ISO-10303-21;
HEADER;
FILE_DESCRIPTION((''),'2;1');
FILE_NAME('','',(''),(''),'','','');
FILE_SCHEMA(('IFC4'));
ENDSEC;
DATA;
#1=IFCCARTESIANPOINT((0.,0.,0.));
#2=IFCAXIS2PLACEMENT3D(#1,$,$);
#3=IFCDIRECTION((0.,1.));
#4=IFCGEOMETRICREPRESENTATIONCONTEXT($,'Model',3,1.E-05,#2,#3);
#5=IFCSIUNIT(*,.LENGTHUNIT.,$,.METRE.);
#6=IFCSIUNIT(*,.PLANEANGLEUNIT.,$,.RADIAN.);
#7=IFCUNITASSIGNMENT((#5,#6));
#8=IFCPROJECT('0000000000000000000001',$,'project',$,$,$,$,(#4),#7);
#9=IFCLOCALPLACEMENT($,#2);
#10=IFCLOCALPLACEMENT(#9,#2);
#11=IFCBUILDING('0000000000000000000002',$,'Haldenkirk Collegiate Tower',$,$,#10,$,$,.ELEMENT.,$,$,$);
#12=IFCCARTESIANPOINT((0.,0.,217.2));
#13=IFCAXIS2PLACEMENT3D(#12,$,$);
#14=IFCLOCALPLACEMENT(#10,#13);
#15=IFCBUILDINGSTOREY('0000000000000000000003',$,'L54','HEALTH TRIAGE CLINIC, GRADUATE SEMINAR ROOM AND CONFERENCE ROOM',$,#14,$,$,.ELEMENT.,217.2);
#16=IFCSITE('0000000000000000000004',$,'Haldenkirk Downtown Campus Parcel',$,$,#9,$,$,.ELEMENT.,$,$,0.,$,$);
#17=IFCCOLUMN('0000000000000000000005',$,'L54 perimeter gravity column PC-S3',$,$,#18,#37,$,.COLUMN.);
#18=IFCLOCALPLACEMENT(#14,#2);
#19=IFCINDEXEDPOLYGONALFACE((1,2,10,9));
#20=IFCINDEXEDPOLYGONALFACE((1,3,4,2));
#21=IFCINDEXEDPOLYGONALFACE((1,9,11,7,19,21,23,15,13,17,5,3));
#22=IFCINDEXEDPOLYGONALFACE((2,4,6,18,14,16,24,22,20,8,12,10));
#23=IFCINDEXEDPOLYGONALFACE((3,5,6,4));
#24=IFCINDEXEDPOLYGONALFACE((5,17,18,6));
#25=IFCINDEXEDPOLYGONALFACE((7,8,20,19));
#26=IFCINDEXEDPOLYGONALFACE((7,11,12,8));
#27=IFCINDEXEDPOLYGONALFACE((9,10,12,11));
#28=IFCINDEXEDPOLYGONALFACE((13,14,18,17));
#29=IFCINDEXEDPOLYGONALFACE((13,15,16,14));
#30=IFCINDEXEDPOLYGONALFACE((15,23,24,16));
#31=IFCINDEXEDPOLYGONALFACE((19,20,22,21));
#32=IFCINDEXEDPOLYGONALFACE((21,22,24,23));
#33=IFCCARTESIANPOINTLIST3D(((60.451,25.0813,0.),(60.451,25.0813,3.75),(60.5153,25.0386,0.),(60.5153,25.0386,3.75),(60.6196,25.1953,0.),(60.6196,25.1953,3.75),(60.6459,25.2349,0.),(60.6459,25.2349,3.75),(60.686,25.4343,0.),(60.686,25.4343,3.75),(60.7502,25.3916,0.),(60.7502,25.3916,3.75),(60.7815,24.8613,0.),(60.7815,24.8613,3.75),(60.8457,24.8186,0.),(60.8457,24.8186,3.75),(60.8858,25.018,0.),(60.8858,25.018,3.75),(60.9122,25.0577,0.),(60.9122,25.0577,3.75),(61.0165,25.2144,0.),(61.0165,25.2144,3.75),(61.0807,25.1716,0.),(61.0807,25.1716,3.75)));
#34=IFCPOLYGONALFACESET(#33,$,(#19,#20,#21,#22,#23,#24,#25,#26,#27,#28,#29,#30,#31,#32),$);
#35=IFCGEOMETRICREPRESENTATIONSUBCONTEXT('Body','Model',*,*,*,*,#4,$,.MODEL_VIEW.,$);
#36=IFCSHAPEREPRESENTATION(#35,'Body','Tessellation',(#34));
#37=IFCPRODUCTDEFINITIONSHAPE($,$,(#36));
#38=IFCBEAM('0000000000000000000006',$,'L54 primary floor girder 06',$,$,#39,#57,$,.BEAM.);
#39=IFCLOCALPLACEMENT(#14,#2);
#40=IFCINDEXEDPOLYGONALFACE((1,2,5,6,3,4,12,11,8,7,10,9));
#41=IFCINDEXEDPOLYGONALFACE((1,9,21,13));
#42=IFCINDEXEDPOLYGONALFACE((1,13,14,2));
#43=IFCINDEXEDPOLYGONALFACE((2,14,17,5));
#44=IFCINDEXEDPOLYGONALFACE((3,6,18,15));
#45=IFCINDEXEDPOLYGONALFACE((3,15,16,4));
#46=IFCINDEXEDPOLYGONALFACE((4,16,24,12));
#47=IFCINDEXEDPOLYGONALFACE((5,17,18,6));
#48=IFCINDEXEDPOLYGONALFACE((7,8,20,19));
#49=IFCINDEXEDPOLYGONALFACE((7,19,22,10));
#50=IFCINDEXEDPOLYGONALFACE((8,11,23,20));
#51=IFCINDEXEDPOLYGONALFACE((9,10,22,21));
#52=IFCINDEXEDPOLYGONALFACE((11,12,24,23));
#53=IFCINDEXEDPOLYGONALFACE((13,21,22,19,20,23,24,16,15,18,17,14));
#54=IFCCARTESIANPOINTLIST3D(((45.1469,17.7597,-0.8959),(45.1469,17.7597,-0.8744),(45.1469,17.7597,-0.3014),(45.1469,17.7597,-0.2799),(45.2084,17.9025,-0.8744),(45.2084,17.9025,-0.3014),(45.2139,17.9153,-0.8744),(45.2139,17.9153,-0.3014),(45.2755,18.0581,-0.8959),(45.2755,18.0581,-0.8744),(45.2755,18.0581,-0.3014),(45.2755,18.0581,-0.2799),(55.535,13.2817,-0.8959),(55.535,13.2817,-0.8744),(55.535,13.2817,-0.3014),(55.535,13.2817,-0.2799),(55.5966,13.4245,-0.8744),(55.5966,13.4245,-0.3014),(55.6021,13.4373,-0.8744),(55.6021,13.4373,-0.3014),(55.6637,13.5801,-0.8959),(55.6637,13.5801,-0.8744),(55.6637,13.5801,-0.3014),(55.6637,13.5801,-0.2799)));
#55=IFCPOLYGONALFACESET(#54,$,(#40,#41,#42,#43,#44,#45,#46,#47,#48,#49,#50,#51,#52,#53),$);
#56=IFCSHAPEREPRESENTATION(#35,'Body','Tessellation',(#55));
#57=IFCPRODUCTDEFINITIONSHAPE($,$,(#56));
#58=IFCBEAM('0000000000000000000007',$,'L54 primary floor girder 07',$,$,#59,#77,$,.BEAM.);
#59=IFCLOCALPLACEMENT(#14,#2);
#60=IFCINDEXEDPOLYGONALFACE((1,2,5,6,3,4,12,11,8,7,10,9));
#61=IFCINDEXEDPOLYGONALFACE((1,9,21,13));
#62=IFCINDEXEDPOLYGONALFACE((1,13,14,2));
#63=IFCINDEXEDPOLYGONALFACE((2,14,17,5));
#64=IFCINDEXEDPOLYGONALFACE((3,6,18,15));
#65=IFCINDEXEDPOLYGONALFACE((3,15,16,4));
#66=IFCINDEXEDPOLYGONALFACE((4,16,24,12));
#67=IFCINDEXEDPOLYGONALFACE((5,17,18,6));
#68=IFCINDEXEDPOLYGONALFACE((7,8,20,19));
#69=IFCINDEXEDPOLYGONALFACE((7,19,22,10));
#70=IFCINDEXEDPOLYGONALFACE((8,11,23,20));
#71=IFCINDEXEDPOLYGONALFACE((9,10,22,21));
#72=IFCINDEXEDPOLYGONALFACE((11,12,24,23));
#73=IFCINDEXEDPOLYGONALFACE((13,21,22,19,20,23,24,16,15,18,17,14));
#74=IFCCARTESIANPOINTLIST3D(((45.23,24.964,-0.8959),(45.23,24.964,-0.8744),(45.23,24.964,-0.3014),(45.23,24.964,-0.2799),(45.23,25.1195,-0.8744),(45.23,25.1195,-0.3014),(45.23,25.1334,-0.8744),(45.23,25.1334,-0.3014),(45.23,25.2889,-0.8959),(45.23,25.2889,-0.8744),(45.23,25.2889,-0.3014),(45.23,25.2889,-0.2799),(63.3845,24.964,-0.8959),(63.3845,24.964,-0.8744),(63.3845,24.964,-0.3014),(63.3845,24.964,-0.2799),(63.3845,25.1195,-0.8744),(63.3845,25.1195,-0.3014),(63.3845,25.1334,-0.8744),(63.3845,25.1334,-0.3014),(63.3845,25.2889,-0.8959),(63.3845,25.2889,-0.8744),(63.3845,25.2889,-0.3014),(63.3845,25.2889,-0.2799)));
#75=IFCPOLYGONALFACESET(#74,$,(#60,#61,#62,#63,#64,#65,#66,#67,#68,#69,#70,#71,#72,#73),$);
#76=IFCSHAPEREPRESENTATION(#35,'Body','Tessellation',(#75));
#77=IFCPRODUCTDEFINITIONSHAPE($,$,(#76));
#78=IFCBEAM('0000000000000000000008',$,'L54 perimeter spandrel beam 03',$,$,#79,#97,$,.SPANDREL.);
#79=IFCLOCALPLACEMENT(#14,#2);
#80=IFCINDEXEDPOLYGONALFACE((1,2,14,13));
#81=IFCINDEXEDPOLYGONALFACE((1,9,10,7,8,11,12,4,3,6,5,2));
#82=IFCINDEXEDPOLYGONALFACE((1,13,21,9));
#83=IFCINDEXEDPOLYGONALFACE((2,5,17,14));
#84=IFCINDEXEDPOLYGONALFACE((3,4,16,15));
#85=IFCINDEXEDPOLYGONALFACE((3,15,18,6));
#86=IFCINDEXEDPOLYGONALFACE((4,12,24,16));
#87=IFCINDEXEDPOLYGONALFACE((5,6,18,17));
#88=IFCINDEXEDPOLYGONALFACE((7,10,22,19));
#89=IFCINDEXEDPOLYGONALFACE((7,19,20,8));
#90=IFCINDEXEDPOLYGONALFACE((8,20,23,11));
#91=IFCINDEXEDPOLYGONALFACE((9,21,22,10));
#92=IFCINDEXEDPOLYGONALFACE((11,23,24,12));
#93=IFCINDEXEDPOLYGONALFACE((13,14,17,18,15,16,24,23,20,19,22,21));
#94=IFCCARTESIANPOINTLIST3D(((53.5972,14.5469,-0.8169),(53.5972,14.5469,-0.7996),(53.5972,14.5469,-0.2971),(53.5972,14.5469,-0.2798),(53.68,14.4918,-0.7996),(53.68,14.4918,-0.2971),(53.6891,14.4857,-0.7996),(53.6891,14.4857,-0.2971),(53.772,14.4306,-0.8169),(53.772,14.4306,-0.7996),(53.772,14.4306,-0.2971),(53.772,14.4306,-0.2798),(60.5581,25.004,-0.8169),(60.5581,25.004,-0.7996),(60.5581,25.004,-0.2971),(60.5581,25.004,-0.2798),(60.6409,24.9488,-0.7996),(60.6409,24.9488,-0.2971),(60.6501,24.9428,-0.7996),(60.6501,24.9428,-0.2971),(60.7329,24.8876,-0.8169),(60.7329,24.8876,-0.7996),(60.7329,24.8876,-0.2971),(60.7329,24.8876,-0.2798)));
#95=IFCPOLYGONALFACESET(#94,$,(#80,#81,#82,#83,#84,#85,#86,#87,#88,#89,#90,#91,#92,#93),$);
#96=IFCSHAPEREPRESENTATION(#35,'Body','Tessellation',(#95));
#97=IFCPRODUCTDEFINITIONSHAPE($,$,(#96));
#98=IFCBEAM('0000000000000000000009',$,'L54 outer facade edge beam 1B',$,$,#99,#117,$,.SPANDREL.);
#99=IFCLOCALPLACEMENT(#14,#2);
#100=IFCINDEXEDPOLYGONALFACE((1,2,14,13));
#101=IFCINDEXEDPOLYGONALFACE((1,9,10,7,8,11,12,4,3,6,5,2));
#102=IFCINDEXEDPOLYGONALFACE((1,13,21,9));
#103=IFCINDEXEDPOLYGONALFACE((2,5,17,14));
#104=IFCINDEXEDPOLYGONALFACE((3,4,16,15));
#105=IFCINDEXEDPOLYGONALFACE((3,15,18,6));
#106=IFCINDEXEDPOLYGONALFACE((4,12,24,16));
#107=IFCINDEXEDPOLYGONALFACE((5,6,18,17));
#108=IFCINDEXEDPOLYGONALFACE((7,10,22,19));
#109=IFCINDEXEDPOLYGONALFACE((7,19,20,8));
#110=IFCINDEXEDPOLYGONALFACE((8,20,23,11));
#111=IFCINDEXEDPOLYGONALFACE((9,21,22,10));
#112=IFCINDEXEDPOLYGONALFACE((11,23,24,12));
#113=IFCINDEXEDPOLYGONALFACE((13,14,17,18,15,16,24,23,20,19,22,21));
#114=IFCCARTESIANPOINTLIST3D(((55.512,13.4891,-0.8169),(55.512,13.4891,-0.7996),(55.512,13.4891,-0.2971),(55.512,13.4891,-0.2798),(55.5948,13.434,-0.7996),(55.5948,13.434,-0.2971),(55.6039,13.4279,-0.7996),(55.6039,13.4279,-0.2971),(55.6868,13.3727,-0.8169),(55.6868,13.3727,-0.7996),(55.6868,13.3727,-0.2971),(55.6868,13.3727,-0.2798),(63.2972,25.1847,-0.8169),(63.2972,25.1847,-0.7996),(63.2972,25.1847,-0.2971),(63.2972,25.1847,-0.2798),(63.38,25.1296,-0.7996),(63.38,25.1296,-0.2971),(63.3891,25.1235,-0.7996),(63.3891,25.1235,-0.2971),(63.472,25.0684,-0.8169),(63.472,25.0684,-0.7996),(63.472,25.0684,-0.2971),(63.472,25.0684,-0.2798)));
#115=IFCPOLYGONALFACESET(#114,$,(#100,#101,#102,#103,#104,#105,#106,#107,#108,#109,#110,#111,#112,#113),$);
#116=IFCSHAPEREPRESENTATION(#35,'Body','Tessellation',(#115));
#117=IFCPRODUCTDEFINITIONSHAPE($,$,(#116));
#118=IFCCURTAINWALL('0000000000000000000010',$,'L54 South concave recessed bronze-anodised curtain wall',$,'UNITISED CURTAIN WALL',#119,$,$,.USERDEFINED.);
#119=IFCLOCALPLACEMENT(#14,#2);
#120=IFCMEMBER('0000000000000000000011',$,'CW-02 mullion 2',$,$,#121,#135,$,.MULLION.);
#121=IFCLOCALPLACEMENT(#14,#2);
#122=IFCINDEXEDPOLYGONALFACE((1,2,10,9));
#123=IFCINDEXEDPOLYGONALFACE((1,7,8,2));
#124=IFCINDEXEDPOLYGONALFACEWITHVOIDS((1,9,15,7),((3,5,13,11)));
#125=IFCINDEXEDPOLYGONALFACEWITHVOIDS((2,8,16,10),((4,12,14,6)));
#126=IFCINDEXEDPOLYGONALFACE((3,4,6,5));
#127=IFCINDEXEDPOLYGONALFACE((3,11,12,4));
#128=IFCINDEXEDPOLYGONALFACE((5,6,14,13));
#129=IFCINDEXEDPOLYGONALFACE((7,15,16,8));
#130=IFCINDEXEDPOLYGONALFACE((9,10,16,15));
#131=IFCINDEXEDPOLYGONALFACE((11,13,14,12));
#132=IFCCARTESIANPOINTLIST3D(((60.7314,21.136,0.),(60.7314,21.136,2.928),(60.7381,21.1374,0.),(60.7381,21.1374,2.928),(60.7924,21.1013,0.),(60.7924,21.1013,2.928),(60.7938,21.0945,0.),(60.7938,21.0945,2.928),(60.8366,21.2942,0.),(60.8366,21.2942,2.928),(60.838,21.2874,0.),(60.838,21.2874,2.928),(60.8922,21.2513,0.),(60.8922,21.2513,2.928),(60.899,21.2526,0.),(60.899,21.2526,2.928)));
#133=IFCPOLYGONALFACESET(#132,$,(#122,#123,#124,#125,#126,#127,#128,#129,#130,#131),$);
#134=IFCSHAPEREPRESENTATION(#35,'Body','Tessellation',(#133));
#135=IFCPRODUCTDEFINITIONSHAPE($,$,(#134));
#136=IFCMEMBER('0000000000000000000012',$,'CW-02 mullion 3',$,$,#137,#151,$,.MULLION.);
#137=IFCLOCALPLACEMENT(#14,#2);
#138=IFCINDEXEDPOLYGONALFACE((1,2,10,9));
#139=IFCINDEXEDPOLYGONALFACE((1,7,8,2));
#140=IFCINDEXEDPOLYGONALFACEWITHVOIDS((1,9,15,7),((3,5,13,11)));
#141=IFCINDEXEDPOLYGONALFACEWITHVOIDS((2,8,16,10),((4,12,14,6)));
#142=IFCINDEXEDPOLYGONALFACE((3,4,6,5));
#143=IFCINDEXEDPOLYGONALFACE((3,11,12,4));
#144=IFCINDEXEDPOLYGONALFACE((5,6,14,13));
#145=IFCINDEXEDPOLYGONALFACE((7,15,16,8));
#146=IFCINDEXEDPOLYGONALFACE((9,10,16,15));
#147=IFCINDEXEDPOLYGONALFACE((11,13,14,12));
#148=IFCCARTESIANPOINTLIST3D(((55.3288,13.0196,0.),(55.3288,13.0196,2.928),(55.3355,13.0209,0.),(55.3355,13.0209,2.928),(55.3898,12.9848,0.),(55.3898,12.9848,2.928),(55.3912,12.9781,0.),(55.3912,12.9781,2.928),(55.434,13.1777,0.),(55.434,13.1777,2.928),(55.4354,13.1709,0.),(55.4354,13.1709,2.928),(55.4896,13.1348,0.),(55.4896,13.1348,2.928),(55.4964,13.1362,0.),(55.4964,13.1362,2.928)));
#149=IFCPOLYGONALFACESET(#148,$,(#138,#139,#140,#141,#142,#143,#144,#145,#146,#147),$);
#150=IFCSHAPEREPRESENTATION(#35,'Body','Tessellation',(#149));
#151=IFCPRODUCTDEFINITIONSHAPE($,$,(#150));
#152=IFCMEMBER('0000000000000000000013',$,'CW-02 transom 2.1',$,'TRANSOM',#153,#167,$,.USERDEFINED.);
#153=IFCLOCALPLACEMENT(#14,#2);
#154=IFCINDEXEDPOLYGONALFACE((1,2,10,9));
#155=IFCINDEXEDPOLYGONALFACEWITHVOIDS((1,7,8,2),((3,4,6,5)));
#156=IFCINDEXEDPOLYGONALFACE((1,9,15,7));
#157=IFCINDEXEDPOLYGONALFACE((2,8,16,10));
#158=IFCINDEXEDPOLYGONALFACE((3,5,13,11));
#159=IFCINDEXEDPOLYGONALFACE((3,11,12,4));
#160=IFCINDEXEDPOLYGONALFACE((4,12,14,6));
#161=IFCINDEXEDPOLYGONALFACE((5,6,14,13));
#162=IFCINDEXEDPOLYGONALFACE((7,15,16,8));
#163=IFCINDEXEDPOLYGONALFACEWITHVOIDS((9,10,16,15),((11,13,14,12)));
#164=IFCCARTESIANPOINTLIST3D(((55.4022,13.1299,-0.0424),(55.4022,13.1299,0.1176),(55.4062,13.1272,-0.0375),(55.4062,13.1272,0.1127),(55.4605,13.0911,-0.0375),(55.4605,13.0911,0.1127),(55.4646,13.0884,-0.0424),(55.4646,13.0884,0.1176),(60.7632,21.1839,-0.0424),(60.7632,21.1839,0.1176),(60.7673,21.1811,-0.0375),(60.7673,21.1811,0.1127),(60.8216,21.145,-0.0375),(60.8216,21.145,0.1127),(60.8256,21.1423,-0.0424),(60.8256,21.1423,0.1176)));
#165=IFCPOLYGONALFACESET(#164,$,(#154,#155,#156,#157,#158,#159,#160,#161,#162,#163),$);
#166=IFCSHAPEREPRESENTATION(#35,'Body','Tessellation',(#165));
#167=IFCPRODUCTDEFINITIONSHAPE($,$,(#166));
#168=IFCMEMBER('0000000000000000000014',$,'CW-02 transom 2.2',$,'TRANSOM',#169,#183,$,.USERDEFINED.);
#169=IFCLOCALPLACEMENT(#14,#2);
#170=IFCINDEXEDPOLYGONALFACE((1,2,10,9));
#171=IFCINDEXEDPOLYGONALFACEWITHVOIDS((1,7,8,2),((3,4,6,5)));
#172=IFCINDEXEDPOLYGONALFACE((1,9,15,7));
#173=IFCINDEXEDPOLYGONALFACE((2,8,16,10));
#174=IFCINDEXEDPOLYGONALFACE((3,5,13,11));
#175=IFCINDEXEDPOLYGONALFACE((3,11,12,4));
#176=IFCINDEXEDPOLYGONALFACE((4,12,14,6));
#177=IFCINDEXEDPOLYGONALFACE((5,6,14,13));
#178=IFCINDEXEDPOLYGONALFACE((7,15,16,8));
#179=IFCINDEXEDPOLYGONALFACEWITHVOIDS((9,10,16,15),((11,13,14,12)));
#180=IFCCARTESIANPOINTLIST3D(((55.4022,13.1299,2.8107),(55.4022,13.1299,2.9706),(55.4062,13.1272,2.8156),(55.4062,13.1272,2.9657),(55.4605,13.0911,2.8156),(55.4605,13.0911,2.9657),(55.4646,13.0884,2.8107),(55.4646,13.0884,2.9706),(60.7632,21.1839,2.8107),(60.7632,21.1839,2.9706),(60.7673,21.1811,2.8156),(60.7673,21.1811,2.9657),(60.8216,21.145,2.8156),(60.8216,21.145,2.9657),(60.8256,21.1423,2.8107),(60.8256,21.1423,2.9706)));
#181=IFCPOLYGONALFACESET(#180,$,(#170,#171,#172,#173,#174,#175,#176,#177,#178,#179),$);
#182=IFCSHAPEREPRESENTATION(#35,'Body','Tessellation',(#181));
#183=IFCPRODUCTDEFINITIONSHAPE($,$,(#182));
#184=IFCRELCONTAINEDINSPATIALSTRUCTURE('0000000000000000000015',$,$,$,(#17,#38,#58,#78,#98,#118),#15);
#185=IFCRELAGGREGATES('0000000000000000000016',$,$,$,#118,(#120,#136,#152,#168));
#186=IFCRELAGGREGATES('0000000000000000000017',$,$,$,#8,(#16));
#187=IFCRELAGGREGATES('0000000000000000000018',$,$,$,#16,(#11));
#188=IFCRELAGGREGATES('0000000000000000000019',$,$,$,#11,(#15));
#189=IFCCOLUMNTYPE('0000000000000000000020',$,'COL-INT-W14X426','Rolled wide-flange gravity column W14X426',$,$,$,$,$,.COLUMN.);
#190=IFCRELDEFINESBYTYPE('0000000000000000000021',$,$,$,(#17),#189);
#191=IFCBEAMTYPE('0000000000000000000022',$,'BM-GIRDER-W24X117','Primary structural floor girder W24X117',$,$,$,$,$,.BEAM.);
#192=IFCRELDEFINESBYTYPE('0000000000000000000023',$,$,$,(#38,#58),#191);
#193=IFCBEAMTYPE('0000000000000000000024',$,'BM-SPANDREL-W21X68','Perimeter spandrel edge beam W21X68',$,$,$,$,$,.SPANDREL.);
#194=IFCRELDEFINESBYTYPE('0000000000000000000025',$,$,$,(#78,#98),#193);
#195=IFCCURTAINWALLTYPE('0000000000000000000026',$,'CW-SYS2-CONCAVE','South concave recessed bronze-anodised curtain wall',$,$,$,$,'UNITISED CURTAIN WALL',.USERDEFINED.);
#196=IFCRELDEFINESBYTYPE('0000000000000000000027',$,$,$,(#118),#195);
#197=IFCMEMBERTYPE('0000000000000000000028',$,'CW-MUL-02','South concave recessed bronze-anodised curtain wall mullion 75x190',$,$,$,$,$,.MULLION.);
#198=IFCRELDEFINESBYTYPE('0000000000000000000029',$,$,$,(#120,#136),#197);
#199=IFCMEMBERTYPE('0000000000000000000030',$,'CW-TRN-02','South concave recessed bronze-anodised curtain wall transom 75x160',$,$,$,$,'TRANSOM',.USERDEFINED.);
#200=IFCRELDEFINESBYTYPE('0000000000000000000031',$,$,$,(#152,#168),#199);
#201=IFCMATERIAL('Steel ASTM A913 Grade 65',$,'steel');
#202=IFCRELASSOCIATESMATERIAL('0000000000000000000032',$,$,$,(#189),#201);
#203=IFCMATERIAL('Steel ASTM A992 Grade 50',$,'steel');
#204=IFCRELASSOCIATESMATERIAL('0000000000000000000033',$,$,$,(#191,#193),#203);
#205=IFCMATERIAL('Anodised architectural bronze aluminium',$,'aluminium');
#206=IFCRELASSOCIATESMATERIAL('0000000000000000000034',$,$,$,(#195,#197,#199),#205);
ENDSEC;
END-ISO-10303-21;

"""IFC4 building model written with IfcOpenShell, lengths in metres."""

from ifc_helpers import new_model, si_unit, direction, frame, origin, origin_2d, place, context, subcontext, project, spatial, hollow_rectangle, i_section, extrude, material, material_profile, profile_set, type_object, element, aggregate, save


model = new_model("IFC4")

# Units and contexts
model_context = context("Model", 3, precision=1e-05, world=origin(), true_north=direction((0.0, 1.0)))
body_context = subcontext(model_context, "Body", "Model", "MODEL_VIEW")
ifc_project = project(units=[si_unit("LENGTHUNIT", "METRE"), si_unit("PLANEANGLEUNIT", "RADIAN")], contexts=[model_context])

# Site, building, storey
site_placement = place(None, origin())
site = spatial("IfcSite", under=ifc_project, at=site_placement, Name="Haldenkirk Downtown Campus Parcel", CompositionType="ELEMENT", RefElevation=0.0)
building_placement = place(site_placement, origin())
building = spatial("IfcBuilding", under=site, at=building_placement, Name="Haldenkirk Collegiate Tower", CompositionType="ELEMENT")
storey_placement = place(building_placement, frame((0.0, 0.0, 217.2)))
storey = spatial("IfcBuildingStorey", under=building, at=storey_placement, Name="L54", Description="HEALTH TRIAGE CLINIC, GRADUATE SEMINAR ROOM AND CONFERENCE ROOM", CompositionType="ELEMENT", Elevation=217.2)

# Column
ifc_material_1 = material(Name="Steel ASTM A913 Grade 65", Category="steel")
ifc_material_profile_1 = material_profile(ifc_material_1, i_section(OverallWidth=0.4241, OverallDepth=0.4741, WebThickness=0.0476, FlangeThickness=0.0771, at=origin_2d()), Name="W14X426")
ifc_profile_set_1 = profile_set([ifc_material_profile_1], Name="Steel ASTM A913 Grade 65")
column_type = type_object("IfcColumnType", Name="COL-INT-W14X426", Description="Rolled wide-flange gravity column W14X426", PredefinedType="COLUMN", material=ifc_profile_set_1)
column_placement = place(storey_placement, frame((60.7659, 25.1265, 0.0), z_axis=(0.0, 0.0, 1.0), x_axis=(0.554118, 0.832438, 0.0)))
element("IfcColumn", 1, at=column_placement, inside=storey, type_object=column_type, Name="L54 perimeter gravity column PC-S3", PredefinedType="COLUMN", context=body_context, shape_type="SweptSolid", body=[
    extrude(i_section(OverallWidth=0.4241, OverallDepth=0.4741, WebThickness=0.0476, FlangeThickness=0.0771, at=origin_2d()), origin(), (0.0, 0.0, 1.0), 3.75),
])

# Beams
ifc_material_2 = material(Name="Steel ASTM A992 Grade 50", Category="steel")
ifc_material_profile_2 = material_profile(ifc_material_2, i_section(OverallWidth=0.325, OverallDepth=0.616, WebThickness=0.0139, FlangeThickness=0.0215, at=origin_2d()), Name="W24X117")
ifc_profile_set_2 = profile_set([ifc_material_profile_2], Name="Steel ASTM A992 Grade 50")
beam_type_1 = type_object("IfcBeamType", Name="BM-GIRDER-W24X117", Description="Primary structural floor girder W24X117", PredefinedType="BEAM", material=ifc_profile_set_2)
beam_1_placement = place(storey_placement, frame((55.5994, 13.4309, -0.5879), z_axis=(-0.918312, 0.395856, 0.0), x_axis=(-0.395856, -0.918312, 0.0)))
element("IfcBeam", 2, at=beam_1_placement, inside=storey, type_object=beam_type_1, Name="L54 primary floor girder 06", PredefinedType="BEAM", context=body_context, shape_type="SweptSolid", body=[
    extrude(i_section(OverallWidth=0.325, OverallDepth=0.616, WebThickness=0.0139, FlangeThickness=0.0215, at=origin_2d()), origin(), (0.0, 0.0, 1.0), 11.3123),
])
beam_2_placement = place(storey_placement, frame((63.3845, 25.1265, -0.5879), z_axis=(-1.0, 0.0, 0.0), x_axis=(0.0, -1.0, 0.0)))
element("IfcBeam", 3, at=beam_2_placement, inside=storey, type_object=beam_type_1, Name="L54 primary floor girder 07", PredefinedType="BEAM", context=body_context, shape_type="SweptSolid", body=[
    extrude(i_section(OverallWidth=0.325, OverallDepth=0.616, WebThickness=0.0139, FlangeThickness=0.0215, at=origin_2d()), origin(), (0.0, 0.0, 1.0), 18.1545),
])
ifc_material_profile_3 = material_profile(ifc_material_2, i_section(OverallWidth=0.21, OverallDepth=0.5371, WebThickness=0.011, FlangeThickness=0.0173, at=origin_2d()), Name="W21X68")
ifc_profile_set_3 = profile_set([ifc_material_profile_3], Name="Steel ASTM A992 Grade 50")
beam_type_2 = type_object("IfcBeamType", Name="BM-SPANDREL-W21X68", Description="Perimeter spandrel edge beam W21X68", PredefinedType="SPANDREL", material=ifc_profile_set_3)
beam_3_placement = place(storey_placement, frame((53.6846, 14.4888, -0.5483), z_axis=(0.554126, 0.832433, 0.0), x_axis=(-0.832433, 0.554126, 0.0)))
element("IfcBeam", 4, at=beam_3_placement, inside=storey, type_object=beam_type_2, Name="L54 perimeter spandrel beam 03", PredefinedType="SPANDREL", context=body_context, shape_type="SweptSolid", body=[
    extrude(i_section(OverallWidth=0.21, OverallDepth=0.5371, WebThickness=0.011, FlangeThickness=0.0173, at=origin_2d()), origin(), (0.0, 0.0, 1.0), 12.562),
])
beam_4_placement = place(storey_placement, frame((55.5994, 13.4309, -0.5483), z_axis=(0.554115, 0.83244, 0.0), x_axis=(-0.83244, 0.554115, 0.0)))
element("IfcBeam", 5, at=beam_4_placement, inside=storey, type_object=beam_type_2, Name="L54 outer facade edge beam 1B", PredefinedType="SPANDREL", context=body_context, shape_type="SweptSolid", body=[
    extrude(i_section(OverallWidth=0.21, OverallDepth=0.5371, WebThickness=0.011, FlangeThickness=0.0173, at=origin_2d()), origin(), (0.0, 0.0, 1.0), 14.0498),
])

# Curtain wall, members
ifc_material_3 = material(Name="Anodised architectural bronze aluminium", Category="aluminium")
curtain_wall_type = type_object("IfcCurtainWallType", Name="CW-SYS2-CONCAVE", Description="South concave recessed bronze-anodised curtain wall", ElementType="UNITISED CURTAIN WALL", PredefinedType="USERDEFINED", material=ifc_material_3)
curtain_wall_placement = place(storey_placement, origin())
curtain_wall = element("IfcCurtainWall", 6, at=curtain_wall_placement, inside=storey, type_object=curtain_wall_type, Name="L54 South concave recessed bronze-anodised curtain wall", ObjectType="UNITISED CURTAIN WALL", PredefinedType="USERDEFINED")
ifc_material_profile_4 = material_profile(ifc_material_3, hollow_rectangle(XDim=0.075, YDim=0.1899, WallThickness=0.0049, at=origin_2d()), Name="CW-MUL-02")
ifc_profile_set_4 = profile_set([ifc_material_profile_4], Name="Anodised architectural bronze aluminium")
member_type_1 = type_object("IfcMemberType", Name="CW-MUL-02", Description="South concave recessed bronze-anodised curtain wall mullion 75x190", PredefinedType="MULLION", material=ifc_profile_set_4)
member_1_placement = place(storey_placement, frame((60.8152, 21.1943, 0.0), z_axis=(0.0, 0.0, 1.0), x_axis=(0.832438, -0.554118, 0.0)))
member_1 = element("IfcMember", 7, at=member_1_placement, type_object=member_type_1, Name="CW-02 mullion 2", PredefinedType="MULLION", context=body_context, shape_type="SweptSolid", body=[
    extrude(hollow_rectangle(XDim=0.075, YDim=0.1899, WallThickness=0.0049, at=origin_2d()), origin(), (0.0, 0.0, 1.0), 2.928),
])
member_2_placement = place(storey_placement, frame((55.4126, 13.0779, 0.0), z_axis=(0.0, 0.0, 1.0), x_axis=(0.832438, -0.554118, 0.0)))
member_2 = element("IfcMember", 8, at=member_2_placement, type_object=member_type_1, Name="CW-02 mullion 3", PredefinedType="MULLION", context=body_context, shape_type="SweptSolid", body=[
    extrude(hollow_rectangle(XDim=0.075, YDim=0.1899, WallThickness=0.0049, at=origin_2d()), origin(), (0.0, 0.0, 1.0), 2.928),
])
ifc_material_profile_5 = material_profile(ifc_material_3, hollow_rectangle(XDim=0.075, YDim=0.1599, WallThickness=0.0049, at=origin_2d()), Name="CW-TRN-02")
ifc_profile_set_5 = profile_set([ifc_material_profile_5], Name="Anodised architectural bronze aluminium")
member_type_2 = type_object("IfcMemberType", Name="CW-TRN-02", Description="South concave recessed bronze-anodised curtain wall transom 75x160", ElementType="TRANSOM", PredefinedType="USERDEFINED", material=ifc_profile_set_5)
member_3_placement = place(storey_placement, frame((60.7944, 21.1631, 0.0376), z_axis=(-0.554112, -0.832442, 0.0), x_axis=(0.832442, -0.554112, 0.0)))
member_3 = element("IfcMember", 9, at=member_3_placement, type_object=member_type_2, Name="CW-02 transom 2.1", ObjectType="TRANSOM", PredefinedType="USERDEFINED", context=body_context, shape_type="SweptSolid", body=[
    extrude(hollow_rectangle(XDim=0.075, YDim=0.1599, WallThickness=0.0049, at=origin_2d()), origin(), (0.0, 0.0, 1.0), 9.675),
])
member_4_placement = place(storey_placement, frame((60.7944, 21.1631, 2.8906), z_axis=(-0.554112, -0.832442, 0.0), x_axis=(0.832442, -0.554112, 0.0)))
member_4 = element("IfcMember", 10, at=member_4_placement, type_object=member_type_2, Name="CW-02 transom 2.2", ObjectType="TRANSOM", PredefinedType="USERDEFINED", context=body_context, shape_type="SweptSolid", body=[
    extrude(hollow_rectangle(XDim=0.075, YDim=0.1599, WallThickness=0.0049, at=origin_2d()), origin(), (0.0, 0.0, 1.0), 9.675),
])

aggregate(curtain_wall, [member_1, member_2, member_3, member_4])

save(model, "model.ifc")
